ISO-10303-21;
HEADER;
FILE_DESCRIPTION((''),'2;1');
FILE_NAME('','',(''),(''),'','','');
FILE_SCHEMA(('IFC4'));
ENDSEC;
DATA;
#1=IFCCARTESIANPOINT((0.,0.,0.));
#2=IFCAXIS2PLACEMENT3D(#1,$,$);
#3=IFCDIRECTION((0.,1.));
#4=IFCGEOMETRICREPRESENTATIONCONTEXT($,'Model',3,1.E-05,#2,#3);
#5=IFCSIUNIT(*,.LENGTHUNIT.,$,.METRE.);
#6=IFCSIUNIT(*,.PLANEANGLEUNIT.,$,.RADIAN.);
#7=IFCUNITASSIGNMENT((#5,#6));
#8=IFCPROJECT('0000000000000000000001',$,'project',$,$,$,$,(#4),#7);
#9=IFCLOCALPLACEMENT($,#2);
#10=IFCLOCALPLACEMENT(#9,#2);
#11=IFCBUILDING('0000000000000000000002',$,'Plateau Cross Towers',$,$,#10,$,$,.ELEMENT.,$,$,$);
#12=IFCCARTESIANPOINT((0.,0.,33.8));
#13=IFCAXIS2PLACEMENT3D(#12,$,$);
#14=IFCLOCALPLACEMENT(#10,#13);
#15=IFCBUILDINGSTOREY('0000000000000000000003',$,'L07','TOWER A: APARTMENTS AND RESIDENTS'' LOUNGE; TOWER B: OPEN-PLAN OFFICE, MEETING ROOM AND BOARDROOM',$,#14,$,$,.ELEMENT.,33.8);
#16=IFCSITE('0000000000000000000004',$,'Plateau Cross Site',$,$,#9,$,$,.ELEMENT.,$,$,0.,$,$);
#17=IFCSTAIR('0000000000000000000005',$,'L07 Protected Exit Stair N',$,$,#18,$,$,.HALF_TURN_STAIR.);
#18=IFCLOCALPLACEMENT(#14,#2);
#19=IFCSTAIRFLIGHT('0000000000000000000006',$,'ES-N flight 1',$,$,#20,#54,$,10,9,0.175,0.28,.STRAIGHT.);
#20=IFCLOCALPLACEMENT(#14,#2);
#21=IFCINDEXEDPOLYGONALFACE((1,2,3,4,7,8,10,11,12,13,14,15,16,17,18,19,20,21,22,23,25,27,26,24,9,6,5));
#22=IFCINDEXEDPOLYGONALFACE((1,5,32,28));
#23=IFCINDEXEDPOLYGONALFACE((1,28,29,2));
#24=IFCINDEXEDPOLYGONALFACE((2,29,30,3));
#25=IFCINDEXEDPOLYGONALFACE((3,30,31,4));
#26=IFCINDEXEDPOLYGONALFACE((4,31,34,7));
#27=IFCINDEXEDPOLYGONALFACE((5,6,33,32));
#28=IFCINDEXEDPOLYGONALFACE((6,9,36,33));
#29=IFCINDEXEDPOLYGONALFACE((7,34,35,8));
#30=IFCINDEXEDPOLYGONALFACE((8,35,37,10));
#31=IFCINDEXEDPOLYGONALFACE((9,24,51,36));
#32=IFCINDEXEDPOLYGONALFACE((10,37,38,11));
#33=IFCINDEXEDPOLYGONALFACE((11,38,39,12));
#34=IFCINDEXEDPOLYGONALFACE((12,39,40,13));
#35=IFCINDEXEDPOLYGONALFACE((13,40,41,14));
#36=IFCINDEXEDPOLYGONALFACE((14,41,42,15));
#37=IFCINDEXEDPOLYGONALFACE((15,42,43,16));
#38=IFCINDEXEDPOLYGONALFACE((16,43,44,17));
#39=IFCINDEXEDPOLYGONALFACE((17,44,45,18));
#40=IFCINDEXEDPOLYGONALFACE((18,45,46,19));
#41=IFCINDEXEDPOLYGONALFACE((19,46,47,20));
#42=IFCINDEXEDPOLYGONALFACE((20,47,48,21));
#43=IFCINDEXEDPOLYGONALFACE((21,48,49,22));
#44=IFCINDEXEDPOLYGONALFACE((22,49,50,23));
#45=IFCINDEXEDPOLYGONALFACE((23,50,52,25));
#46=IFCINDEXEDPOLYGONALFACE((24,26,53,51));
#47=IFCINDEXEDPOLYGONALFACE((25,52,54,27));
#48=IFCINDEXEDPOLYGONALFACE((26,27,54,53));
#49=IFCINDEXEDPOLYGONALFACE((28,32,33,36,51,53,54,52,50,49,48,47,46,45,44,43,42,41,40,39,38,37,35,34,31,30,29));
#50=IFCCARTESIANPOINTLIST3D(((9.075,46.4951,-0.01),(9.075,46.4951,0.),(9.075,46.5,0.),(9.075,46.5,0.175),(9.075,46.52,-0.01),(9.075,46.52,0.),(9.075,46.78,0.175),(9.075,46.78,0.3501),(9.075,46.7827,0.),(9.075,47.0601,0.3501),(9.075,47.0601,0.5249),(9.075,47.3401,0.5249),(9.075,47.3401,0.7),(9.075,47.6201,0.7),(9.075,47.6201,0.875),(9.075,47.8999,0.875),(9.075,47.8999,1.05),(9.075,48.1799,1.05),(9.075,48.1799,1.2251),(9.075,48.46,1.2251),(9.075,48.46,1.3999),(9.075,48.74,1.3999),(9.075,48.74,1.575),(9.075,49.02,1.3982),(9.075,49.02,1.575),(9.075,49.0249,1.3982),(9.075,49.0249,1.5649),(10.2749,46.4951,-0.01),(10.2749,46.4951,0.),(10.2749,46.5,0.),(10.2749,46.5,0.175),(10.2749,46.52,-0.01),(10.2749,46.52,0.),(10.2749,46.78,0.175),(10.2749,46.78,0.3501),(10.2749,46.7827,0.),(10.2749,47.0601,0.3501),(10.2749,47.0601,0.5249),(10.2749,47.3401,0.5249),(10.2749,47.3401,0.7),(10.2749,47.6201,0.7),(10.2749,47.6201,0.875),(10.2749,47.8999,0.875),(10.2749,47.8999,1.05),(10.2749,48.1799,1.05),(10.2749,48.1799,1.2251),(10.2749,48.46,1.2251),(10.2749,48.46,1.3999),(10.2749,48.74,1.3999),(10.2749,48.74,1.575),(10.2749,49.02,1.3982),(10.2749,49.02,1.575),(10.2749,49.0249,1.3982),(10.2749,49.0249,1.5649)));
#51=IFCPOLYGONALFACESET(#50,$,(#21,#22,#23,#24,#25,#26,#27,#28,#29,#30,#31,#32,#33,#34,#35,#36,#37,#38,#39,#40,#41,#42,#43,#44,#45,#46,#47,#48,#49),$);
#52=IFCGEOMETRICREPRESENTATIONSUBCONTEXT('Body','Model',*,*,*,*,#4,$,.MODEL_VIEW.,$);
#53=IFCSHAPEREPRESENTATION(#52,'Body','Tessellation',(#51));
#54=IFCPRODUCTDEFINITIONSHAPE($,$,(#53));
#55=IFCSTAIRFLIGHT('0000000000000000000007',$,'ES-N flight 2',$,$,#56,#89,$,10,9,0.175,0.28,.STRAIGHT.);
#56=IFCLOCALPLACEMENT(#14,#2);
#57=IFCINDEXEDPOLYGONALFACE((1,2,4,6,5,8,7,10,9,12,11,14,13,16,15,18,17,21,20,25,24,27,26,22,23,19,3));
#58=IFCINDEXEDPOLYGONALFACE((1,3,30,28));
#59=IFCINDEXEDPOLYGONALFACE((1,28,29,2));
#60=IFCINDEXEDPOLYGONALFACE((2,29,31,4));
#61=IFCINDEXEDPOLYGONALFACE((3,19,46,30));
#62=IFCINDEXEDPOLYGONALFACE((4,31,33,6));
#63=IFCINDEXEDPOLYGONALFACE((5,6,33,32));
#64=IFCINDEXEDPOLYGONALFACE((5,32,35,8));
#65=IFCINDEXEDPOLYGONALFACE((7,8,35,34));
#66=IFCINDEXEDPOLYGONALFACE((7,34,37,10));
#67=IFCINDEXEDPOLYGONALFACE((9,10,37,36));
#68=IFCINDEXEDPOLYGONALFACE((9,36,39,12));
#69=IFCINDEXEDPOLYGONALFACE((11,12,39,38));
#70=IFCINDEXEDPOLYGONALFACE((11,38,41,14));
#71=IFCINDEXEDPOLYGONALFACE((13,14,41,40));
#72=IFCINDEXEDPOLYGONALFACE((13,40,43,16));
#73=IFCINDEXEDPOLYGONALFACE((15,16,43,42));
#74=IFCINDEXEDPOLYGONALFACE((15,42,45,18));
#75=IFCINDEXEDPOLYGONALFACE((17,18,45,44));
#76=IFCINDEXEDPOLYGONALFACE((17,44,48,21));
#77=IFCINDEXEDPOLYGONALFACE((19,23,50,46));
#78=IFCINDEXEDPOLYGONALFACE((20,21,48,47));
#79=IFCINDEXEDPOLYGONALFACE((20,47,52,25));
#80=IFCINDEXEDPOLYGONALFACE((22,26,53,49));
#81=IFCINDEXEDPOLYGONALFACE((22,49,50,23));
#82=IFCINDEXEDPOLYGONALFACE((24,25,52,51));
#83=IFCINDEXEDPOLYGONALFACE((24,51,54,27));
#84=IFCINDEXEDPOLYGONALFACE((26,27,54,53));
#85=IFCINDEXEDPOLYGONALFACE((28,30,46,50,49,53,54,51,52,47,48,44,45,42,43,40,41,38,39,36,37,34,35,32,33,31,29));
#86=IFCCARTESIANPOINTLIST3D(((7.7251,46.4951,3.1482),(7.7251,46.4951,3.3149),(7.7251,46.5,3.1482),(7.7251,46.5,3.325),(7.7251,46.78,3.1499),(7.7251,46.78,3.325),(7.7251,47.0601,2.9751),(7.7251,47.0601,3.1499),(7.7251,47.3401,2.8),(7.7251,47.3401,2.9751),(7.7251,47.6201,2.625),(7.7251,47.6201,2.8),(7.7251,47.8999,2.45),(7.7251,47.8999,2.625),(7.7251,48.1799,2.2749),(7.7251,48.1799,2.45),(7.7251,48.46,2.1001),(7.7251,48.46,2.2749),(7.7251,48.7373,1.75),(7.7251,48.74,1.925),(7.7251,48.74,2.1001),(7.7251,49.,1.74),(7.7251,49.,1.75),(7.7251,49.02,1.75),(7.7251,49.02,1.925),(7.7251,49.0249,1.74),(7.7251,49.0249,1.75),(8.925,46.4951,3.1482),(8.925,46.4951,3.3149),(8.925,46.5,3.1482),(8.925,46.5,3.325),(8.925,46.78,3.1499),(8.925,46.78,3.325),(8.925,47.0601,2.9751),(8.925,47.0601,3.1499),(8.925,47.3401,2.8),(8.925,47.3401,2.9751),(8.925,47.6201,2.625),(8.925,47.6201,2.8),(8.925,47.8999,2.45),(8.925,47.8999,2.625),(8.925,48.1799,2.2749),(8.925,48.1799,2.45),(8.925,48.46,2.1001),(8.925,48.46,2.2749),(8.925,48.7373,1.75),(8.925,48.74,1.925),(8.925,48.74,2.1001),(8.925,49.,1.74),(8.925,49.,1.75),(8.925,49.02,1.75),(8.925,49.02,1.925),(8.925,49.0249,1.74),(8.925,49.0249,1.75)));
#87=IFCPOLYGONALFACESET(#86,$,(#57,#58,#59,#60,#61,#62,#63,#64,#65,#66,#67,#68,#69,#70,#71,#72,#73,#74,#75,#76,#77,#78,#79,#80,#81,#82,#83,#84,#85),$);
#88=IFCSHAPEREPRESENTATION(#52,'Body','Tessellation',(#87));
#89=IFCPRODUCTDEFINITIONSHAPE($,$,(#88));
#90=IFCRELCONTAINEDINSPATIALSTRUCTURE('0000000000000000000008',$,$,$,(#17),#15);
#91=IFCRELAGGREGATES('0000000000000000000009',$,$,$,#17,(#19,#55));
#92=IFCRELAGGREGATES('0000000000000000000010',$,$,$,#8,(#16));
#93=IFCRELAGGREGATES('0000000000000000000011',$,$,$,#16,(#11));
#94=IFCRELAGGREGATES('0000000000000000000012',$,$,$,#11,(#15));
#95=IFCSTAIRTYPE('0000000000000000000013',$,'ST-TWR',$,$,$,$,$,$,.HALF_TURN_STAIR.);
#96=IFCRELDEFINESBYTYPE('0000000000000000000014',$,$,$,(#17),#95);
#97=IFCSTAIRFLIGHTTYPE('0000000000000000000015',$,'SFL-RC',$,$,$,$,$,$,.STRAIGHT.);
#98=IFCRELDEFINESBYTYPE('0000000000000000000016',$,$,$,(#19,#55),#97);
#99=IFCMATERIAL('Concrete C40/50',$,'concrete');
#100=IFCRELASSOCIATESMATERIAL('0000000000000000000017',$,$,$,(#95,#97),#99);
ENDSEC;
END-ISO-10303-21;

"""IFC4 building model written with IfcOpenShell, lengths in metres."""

from ifc_helpers import new_model, si_unit, direction, frame, origin, place, context, subcontext, project, spatial, polyline, outline, extrude, material, type_object, element, aggregate, save


model = new_model("IFC4")

# Units and contexts
model_context = context("Model", 3, precision=1e-05, world=origin(), true_north=direction((0.0, 1.0)))
body_context = subcontext(model_context, "Body", "Model", "MODEL_VIEW")
ifc_project = project(units=[si_unit("LENGTHUNIT", "METRE"), si_unit("PLANEANGLEUNIT", "RADIAN")], contexts=[model_context])

# Site, building, storey
site_placement = place(None, origin())
site = spatial("IfcSite", under=ifc_project, at=site_placement, Name="Plateau Cross Site", CompositionType="ELEMENT", RefElevation=0.0)
building_placement = place(site_placement, origin())
building = spatial("IfcBuilding", under=site, at=building_placement, Name="Plateau Cross Towers", CompositionType="ELEMENT")
storey_placement = place(building_placement, frame((0.0, 0.0, 33.8)))
storey = spatial("IfcBuildingStorey", under=building, at=storey_placement, Name="L07", Description="TOWER A: APARTMENTS AND RESIDENTS' LOUNGE; TOWER B: OPEN-PLAN OFFICE, MEETING ROOM AND BOARDROOM", CompositionType="ELEMENT", Elevation=33.8)

# Stair, stair flights
ifc_material_1 = material(Name="Concrete C40/50", Category="concrete")
stair_type = type_object("IfcStairType", Name="ST-TWR", PredefinedType="HALF_TURN_STAIR", material=ifc_material_1)
stair_placement = place(storey_placement, origin())
stair = element("IfcStair", 1, at=stair_placement, inside=storey, type_object=stair_type, Name="L07 Protected Exit Stair N", PredefinedType="HALF_TURN_STAIR")
stair_flight_type = type_object("IfcStairFlightType", Name="SFL-RC", PredefinedType="STRAIGHT", material=ifc_material_1)
stair_flight_1_placement = place(storey_placement, frame((9.675, 46.5, 0.0), z_axis=(0.0, 0.0, 1.0), x_axis=(0.0, 1.0, 0.0)))
stair_flight_1 = element("IfcStairFlight", 2, at=stair_flight_1_placement, type_object=stair_flight_type, Name="ES-N flight 1", NumberOfRisers=10, NumberOfTreads=9, PredefinedType="STRAIGHT", RiserHeight=0.175, TreadLength=0.28, context=body_context, shape_type="SweptSolid", body=[
    extrude(outline(polyline([(-0.0049, -0.01), (-0.0049, 0.0), (0.0, 0.0), (0.0, 0.175), (0.28, 0.175), (0.28, 0.3501), (0.5601, 0.3501), (0.5601, 0.5249), (0.8401, 0.5249), (0.8401, 0.7), (1.1201, 0.7), (1.1201, 0.875), (1.3999, 0.875), (1.3999, 1.05), (1.6799, 1.05), (1.6799, 1.2251), (1.96, 1.2251), (1.96, 1.3999), (2.24, 1.3999), (2.24, 1.575), (2.52, 1.575), (2.5249, 1.5649), (2.5249, 1.3982), (2.52, 1.3982), (0.2827, 0.0), (0.02, 0.0), (0.02, -0.01), (-0.0049, -0.01)])), frame((0.0, 0.6001, 0.0), z_axis=(0.0, -1.0, 0.0), x_axis=(1.0, 0.0, 0.0)), (0.0, 0.0, 1.0), 1.2),
])
stair_flight_2_placement = place(storey_placement, frame((8.325, 49.02, 1.75), z_axis=(0.0, 0.0, 1.0), x_axis=(0.0, -1.0, 0.0)))
stair_flight_2 = element("IfcStairFlight", 3, at=stair_flight_2_placement, type_object=stair_flight_type, Name="ES-N flight 2", NumberOfRisers=10, NumberOfTreads=9, PredefinedType="STRAIGHT", RiserHeight=0.175, TreadLength=0.28, context=body_context, shape_type="SweptSolid", body=[
    extrude(outline(polyline([(-0.0049, -0.01), (-0.0049, 0.0), (0.0, 0.0), (0.0, 0.175), (0.28, 0.175), (0.28, 0.3501), (0.5601, 0.3501), (0.5601, 0.5249), (0.8401, 0.5249), (0.8401, 0.7), (1.1201, 0.7), (1.1201, 0.875), (1.3999, 0.875), (1.3999, 1.05), (1.6799, 1.05), (1.6799, 1.2251), (1.96, 1.2251), (1.96, 1.3999), (2.24, 1.3999), (2.24, 1.575), (2.52, 1.575), (2.5249, 1.5649), (2.5249, 1.3982), (2.52, 1.3982), (0.2827, 0.0), (0.02, 0.0), (0.02, -0.01), (-0.0049, -0.01)])), frame((0.0, 0.6001, 0.0), z_axis=(0.0, -1.0, 0.0), x_axis=(1.0, 0.0, 0.0)), (0.0, 0.0, 1.0), 1.2),
])
aggregate(stair, [stair_flight_1, stair_flight_2])

save(model, "model.ifc")
